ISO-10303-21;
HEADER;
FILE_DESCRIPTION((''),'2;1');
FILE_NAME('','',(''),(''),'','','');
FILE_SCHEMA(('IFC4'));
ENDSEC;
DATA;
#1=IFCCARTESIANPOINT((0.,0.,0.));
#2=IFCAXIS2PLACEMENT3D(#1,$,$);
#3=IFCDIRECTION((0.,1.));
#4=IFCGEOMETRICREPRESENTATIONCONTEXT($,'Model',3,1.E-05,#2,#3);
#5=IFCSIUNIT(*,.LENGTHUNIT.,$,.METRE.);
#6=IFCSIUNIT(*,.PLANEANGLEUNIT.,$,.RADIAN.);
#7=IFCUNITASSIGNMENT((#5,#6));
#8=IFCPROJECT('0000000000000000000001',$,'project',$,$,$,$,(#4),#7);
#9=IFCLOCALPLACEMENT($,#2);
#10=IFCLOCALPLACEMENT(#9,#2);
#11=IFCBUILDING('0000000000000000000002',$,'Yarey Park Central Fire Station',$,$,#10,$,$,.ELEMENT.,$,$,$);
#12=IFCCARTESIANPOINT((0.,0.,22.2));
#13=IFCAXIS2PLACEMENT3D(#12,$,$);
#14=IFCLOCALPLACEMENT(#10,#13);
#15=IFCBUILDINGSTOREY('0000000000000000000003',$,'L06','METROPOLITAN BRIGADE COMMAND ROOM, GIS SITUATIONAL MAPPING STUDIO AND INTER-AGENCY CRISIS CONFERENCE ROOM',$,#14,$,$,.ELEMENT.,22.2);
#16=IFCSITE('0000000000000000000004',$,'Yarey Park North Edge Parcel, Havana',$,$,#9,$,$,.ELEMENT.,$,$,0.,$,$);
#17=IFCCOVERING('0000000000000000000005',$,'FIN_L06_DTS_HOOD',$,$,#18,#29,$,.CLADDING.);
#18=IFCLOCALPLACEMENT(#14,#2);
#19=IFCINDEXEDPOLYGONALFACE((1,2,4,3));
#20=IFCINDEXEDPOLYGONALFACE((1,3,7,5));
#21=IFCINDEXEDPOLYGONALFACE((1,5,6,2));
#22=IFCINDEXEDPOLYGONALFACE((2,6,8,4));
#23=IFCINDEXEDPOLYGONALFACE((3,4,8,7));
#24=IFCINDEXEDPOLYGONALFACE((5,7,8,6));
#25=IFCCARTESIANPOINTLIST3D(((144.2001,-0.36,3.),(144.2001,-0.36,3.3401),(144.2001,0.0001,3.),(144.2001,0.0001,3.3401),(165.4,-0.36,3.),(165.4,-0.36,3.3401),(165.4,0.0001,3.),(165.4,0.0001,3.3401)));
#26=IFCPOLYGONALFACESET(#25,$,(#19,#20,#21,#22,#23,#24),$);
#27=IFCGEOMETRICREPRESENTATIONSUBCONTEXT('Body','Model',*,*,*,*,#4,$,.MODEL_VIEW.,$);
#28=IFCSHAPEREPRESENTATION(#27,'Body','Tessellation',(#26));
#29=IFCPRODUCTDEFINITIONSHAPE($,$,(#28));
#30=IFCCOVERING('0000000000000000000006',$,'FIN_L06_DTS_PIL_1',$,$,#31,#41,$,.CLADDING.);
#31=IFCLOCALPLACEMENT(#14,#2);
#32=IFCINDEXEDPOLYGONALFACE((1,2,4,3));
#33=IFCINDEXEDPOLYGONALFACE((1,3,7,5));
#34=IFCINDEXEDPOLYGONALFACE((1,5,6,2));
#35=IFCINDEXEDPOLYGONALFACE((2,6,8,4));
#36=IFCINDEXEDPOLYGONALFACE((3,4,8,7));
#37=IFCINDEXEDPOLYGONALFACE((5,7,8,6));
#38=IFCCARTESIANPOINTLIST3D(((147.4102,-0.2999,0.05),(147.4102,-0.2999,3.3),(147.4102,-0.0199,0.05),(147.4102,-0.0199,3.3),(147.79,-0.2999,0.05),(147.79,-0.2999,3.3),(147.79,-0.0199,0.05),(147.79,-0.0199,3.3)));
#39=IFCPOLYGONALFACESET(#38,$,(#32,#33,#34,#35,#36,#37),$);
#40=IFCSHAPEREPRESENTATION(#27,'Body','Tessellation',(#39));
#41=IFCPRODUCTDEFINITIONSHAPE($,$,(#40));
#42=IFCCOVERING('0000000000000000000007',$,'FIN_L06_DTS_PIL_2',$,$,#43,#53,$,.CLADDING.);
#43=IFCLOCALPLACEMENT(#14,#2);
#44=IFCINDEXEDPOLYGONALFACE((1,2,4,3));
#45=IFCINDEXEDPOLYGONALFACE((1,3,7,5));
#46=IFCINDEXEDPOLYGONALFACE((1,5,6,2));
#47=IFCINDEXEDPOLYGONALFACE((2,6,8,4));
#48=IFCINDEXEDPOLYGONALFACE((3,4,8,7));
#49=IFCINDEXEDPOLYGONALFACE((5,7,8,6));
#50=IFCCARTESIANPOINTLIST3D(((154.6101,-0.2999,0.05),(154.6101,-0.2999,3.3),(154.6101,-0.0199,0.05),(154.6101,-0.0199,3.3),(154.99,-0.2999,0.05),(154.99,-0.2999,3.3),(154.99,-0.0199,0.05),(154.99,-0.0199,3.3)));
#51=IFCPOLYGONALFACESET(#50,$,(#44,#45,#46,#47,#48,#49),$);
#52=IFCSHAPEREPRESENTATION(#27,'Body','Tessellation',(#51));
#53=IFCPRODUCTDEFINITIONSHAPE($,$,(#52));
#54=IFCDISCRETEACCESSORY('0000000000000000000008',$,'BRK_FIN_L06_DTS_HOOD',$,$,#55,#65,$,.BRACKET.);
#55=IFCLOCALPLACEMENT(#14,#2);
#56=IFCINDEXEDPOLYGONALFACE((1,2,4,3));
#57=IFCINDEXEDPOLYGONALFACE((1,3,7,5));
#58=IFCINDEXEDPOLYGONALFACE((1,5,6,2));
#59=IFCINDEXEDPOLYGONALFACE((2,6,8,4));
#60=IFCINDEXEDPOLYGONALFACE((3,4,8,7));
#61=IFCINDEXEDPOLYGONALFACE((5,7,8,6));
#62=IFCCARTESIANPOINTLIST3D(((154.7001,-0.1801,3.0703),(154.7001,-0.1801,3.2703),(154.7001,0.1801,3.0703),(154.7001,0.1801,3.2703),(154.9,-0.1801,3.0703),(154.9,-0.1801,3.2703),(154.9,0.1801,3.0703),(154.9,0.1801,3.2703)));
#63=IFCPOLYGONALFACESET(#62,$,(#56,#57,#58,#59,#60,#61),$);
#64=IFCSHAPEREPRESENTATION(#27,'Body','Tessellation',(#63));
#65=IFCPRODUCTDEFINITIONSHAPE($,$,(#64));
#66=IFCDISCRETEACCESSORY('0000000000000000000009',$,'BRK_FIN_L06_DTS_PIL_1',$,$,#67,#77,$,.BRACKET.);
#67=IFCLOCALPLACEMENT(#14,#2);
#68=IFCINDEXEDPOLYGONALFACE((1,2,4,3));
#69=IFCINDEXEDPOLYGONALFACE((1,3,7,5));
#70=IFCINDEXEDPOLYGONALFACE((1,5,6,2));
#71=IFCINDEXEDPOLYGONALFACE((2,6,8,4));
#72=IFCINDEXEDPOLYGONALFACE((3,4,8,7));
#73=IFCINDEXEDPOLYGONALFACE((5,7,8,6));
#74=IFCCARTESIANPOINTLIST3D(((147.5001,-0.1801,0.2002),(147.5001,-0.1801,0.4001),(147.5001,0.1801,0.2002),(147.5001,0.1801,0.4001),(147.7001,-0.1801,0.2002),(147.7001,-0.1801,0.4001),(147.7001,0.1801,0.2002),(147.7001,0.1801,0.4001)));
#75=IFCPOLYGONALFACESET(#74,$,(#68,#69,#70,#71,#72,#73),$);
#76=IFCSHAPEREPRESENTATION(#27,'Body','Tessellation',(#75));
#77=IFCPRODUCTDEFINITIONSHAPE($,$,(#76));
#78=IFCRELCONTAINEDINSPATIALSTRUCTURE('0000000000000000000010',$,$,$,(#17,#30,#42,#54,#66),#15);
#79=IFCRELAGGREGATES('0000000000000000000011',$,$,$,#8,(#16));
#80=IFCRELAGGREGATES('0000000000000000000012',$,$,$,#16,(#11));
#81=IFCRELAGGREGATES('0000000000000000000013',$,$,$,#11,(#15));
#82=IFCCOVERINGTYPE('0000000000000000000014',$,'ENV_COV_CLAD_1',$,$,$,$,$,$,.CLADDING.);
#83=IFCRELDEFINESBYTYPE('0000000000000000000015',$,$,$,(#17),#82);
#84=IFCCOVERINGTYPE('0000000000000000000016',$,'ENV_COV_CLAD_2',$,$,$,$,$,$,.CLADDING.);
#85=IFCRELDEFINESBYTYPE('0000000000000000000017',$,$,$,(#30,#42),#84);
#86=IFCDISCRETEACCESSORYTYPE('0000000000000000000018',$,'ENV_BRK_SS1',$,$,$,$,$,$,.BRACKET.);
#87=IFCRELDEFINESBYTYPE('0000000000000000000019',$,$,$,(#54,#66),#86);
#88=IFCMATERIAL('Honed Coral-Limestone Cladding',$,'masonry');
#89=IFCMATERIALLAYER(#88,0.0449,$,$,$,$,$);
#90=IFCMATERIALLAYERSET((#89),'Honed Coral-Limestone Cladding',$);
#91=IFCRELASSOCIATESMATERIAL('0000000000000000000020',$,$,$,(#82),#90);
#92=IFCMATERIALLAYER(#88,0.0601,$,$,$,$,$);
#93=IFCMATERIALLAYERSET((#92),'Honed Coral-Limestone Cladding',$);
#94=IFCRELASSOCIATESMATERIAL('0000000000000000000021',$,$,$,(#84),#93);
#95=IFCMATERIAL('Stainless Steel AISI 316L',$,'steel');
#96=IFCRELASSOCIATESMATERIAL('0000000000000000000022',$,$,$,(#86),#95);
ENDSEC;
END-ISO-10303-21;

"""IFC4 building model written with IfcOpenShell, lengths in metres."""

from ifc_helpers import new_model, si_unit, direction, frame, origin, origin_2d, place, context, subcontext, project, spatial, rectangle, extrude, material, layer, layer_set, type_object, element, save


model = new_model("IFC4")

# Units and contexts
model_context = context("Model", 3, precision=1e-05, world=origin(), true_north=direction((0.0, 1.0)))
body_context = subcontext(model_context, "Body", "Model", "MODEL_VIEW")
ifc_project = project(units=[si_unit("LENGTHUNIT", "METRE"), si_unit("PLANEANGLEUNIT", "RADIAN")], contexts=[model_context])

# Site, building, storey
site_placement = place(None, origin())
site = spatial("IfcSite", under=ifc_project, at=site_placement, Name="Yarey Park North Edge Parcel, Havana", CompositionType="ELEMENT", RefElevation=0.0)
building_placement = place(site_placement, origin())
building = spatial("IfcBuilding", under=site, at=building_placement, Name="Yarey Park Central Fire Station", CompositionType="ELEMENT")
storey_placement = place(building_placement, frame((0.0, 0.0, 22.2)))
storey = spatial("IfcBuildingStorey", under=building, at=storey_placement, Name="L06", Description="METROPOLITAN BRIGADE COMMAND ROOM, GIS SITUATIONAL MAPPING STUDIO AND INTER-AGENCY CRISIS CONFERENCE ROOM", CompositionType="ELEMENT", Elevation=22.2)

# Coverings
ifc_material_1 = material(Name="Honed Coral-Limestone Cladding", Category="masonry")
ifc_layer_1 = layer(ifc_material_1, 0.0449)
ifc_layer_set_1 = layer_set([ifc_layer_1], Name="Honed Coral-Limestone Cladding")
covering_type_1 = type_object("IfcCoveringType", Name="ENV_COV_CLAD_1", PredefinedType="CLADDING", material=ifc_layer_set_1)
covering_placement = place(storey_placement, frame((154.8, -0.1799, 3.0), z_axis=(0.0, 0.0, 1.0), x_axis=(1.0, 0.0, 0.0)))
element("IfcCovering", 1, at=covering_placement, inside=storey, type_object=covering_type_1, Name="FIN_L06_DTS_HOOD", PredefinedType="CLADDING", context=body_context, shape_type="SweptSolid", body=[
    extrude(rectangle(XDim=21.2, YDim=0.3601, at=origin_2d()), origin(), (0.0, 0.0, 1.0), 0.3401),
])
ifc_layer_2 = layer(ifc_material_1, 0.0601)
ifc_layer_set_2 = layer_set([ifc_layer_2], Name="Honed Coral-Limestone Cladding")
covering_type_2 = type_object("IfcCoveringType", Name="ENV_COV_CLAD_2", PredefinedType="CLADDING", material=ifc_layer_set_2)
for number, where, z_axis, x_axis, name in (
    (2, (147.6001, -0.1599, 0.05), (0.0, 0.0, 1.0), (1.0, 0.0, 0.0), "FIN_L06_DTS_PIL_1"),
    (3, (154.8, -0.1599, 0.05), (0.0, 0.0, 1.0), (1.0, 0.0, 0.0), "FIN_L06_DTS_PIL_2"),
):
    element("IfcCovering", number, at=place(storey_placement, frame(where, z_axis=z_axis, x_axis=x_axis)), inside=storey, type_object=covering_type_2, Name=name, PredefinedType="CLADDING", context=body_context, shape_type="SweptSolid", body=[
        extrude(rectangle(XDim=0.3799, YDim=0.28, at=origin_2d()), origin(), (0.0, 0.0, 1.0), 3.25),
    ])

# Shared definitions
ifc_material_2 = material(Name="Stainless Steel AISI 316L", Category="steel")

# Discrete accessories
discrete_accessory_type = type_object("IfcDiscreteAccessoryType", Name="ENV_BRK_SS1", PredefinedType="BRACKET", material=ifc_material_2)
for number, where, z_axis, x_axis, name in (
    (4, (154.8, 0.0, 3.0703), (0.0, 0.0, 1.0), (1.0, 0.0, 0.0), "BRK_FIN_L06_DTS_HOOD"),
    (5, (147.6001, 0.0, 0.2002), (0.0, 0.0, 1.0), (1.0, 0.0, 0.0), "BRK_FIN_L06_DTS_PIL_1"),
):
    element("IfcDiscreteAccessory", number, at=place(storey_placement, frame(where, z_axis=z_axis, x_axis=x_axis)), inside=storey, type_object=discrete_accessory_type, Name=name, PredefinedType="BRACKET", context=body_context, shape_type="SweptSolid", body=[
        extrude(rectangle(XDim=0.2, YDim=0.3601, at=origin_2d()), origin(), (0.0, 0.0, 1.0), 0.2),
    ])

save(model, "model.ifc")
